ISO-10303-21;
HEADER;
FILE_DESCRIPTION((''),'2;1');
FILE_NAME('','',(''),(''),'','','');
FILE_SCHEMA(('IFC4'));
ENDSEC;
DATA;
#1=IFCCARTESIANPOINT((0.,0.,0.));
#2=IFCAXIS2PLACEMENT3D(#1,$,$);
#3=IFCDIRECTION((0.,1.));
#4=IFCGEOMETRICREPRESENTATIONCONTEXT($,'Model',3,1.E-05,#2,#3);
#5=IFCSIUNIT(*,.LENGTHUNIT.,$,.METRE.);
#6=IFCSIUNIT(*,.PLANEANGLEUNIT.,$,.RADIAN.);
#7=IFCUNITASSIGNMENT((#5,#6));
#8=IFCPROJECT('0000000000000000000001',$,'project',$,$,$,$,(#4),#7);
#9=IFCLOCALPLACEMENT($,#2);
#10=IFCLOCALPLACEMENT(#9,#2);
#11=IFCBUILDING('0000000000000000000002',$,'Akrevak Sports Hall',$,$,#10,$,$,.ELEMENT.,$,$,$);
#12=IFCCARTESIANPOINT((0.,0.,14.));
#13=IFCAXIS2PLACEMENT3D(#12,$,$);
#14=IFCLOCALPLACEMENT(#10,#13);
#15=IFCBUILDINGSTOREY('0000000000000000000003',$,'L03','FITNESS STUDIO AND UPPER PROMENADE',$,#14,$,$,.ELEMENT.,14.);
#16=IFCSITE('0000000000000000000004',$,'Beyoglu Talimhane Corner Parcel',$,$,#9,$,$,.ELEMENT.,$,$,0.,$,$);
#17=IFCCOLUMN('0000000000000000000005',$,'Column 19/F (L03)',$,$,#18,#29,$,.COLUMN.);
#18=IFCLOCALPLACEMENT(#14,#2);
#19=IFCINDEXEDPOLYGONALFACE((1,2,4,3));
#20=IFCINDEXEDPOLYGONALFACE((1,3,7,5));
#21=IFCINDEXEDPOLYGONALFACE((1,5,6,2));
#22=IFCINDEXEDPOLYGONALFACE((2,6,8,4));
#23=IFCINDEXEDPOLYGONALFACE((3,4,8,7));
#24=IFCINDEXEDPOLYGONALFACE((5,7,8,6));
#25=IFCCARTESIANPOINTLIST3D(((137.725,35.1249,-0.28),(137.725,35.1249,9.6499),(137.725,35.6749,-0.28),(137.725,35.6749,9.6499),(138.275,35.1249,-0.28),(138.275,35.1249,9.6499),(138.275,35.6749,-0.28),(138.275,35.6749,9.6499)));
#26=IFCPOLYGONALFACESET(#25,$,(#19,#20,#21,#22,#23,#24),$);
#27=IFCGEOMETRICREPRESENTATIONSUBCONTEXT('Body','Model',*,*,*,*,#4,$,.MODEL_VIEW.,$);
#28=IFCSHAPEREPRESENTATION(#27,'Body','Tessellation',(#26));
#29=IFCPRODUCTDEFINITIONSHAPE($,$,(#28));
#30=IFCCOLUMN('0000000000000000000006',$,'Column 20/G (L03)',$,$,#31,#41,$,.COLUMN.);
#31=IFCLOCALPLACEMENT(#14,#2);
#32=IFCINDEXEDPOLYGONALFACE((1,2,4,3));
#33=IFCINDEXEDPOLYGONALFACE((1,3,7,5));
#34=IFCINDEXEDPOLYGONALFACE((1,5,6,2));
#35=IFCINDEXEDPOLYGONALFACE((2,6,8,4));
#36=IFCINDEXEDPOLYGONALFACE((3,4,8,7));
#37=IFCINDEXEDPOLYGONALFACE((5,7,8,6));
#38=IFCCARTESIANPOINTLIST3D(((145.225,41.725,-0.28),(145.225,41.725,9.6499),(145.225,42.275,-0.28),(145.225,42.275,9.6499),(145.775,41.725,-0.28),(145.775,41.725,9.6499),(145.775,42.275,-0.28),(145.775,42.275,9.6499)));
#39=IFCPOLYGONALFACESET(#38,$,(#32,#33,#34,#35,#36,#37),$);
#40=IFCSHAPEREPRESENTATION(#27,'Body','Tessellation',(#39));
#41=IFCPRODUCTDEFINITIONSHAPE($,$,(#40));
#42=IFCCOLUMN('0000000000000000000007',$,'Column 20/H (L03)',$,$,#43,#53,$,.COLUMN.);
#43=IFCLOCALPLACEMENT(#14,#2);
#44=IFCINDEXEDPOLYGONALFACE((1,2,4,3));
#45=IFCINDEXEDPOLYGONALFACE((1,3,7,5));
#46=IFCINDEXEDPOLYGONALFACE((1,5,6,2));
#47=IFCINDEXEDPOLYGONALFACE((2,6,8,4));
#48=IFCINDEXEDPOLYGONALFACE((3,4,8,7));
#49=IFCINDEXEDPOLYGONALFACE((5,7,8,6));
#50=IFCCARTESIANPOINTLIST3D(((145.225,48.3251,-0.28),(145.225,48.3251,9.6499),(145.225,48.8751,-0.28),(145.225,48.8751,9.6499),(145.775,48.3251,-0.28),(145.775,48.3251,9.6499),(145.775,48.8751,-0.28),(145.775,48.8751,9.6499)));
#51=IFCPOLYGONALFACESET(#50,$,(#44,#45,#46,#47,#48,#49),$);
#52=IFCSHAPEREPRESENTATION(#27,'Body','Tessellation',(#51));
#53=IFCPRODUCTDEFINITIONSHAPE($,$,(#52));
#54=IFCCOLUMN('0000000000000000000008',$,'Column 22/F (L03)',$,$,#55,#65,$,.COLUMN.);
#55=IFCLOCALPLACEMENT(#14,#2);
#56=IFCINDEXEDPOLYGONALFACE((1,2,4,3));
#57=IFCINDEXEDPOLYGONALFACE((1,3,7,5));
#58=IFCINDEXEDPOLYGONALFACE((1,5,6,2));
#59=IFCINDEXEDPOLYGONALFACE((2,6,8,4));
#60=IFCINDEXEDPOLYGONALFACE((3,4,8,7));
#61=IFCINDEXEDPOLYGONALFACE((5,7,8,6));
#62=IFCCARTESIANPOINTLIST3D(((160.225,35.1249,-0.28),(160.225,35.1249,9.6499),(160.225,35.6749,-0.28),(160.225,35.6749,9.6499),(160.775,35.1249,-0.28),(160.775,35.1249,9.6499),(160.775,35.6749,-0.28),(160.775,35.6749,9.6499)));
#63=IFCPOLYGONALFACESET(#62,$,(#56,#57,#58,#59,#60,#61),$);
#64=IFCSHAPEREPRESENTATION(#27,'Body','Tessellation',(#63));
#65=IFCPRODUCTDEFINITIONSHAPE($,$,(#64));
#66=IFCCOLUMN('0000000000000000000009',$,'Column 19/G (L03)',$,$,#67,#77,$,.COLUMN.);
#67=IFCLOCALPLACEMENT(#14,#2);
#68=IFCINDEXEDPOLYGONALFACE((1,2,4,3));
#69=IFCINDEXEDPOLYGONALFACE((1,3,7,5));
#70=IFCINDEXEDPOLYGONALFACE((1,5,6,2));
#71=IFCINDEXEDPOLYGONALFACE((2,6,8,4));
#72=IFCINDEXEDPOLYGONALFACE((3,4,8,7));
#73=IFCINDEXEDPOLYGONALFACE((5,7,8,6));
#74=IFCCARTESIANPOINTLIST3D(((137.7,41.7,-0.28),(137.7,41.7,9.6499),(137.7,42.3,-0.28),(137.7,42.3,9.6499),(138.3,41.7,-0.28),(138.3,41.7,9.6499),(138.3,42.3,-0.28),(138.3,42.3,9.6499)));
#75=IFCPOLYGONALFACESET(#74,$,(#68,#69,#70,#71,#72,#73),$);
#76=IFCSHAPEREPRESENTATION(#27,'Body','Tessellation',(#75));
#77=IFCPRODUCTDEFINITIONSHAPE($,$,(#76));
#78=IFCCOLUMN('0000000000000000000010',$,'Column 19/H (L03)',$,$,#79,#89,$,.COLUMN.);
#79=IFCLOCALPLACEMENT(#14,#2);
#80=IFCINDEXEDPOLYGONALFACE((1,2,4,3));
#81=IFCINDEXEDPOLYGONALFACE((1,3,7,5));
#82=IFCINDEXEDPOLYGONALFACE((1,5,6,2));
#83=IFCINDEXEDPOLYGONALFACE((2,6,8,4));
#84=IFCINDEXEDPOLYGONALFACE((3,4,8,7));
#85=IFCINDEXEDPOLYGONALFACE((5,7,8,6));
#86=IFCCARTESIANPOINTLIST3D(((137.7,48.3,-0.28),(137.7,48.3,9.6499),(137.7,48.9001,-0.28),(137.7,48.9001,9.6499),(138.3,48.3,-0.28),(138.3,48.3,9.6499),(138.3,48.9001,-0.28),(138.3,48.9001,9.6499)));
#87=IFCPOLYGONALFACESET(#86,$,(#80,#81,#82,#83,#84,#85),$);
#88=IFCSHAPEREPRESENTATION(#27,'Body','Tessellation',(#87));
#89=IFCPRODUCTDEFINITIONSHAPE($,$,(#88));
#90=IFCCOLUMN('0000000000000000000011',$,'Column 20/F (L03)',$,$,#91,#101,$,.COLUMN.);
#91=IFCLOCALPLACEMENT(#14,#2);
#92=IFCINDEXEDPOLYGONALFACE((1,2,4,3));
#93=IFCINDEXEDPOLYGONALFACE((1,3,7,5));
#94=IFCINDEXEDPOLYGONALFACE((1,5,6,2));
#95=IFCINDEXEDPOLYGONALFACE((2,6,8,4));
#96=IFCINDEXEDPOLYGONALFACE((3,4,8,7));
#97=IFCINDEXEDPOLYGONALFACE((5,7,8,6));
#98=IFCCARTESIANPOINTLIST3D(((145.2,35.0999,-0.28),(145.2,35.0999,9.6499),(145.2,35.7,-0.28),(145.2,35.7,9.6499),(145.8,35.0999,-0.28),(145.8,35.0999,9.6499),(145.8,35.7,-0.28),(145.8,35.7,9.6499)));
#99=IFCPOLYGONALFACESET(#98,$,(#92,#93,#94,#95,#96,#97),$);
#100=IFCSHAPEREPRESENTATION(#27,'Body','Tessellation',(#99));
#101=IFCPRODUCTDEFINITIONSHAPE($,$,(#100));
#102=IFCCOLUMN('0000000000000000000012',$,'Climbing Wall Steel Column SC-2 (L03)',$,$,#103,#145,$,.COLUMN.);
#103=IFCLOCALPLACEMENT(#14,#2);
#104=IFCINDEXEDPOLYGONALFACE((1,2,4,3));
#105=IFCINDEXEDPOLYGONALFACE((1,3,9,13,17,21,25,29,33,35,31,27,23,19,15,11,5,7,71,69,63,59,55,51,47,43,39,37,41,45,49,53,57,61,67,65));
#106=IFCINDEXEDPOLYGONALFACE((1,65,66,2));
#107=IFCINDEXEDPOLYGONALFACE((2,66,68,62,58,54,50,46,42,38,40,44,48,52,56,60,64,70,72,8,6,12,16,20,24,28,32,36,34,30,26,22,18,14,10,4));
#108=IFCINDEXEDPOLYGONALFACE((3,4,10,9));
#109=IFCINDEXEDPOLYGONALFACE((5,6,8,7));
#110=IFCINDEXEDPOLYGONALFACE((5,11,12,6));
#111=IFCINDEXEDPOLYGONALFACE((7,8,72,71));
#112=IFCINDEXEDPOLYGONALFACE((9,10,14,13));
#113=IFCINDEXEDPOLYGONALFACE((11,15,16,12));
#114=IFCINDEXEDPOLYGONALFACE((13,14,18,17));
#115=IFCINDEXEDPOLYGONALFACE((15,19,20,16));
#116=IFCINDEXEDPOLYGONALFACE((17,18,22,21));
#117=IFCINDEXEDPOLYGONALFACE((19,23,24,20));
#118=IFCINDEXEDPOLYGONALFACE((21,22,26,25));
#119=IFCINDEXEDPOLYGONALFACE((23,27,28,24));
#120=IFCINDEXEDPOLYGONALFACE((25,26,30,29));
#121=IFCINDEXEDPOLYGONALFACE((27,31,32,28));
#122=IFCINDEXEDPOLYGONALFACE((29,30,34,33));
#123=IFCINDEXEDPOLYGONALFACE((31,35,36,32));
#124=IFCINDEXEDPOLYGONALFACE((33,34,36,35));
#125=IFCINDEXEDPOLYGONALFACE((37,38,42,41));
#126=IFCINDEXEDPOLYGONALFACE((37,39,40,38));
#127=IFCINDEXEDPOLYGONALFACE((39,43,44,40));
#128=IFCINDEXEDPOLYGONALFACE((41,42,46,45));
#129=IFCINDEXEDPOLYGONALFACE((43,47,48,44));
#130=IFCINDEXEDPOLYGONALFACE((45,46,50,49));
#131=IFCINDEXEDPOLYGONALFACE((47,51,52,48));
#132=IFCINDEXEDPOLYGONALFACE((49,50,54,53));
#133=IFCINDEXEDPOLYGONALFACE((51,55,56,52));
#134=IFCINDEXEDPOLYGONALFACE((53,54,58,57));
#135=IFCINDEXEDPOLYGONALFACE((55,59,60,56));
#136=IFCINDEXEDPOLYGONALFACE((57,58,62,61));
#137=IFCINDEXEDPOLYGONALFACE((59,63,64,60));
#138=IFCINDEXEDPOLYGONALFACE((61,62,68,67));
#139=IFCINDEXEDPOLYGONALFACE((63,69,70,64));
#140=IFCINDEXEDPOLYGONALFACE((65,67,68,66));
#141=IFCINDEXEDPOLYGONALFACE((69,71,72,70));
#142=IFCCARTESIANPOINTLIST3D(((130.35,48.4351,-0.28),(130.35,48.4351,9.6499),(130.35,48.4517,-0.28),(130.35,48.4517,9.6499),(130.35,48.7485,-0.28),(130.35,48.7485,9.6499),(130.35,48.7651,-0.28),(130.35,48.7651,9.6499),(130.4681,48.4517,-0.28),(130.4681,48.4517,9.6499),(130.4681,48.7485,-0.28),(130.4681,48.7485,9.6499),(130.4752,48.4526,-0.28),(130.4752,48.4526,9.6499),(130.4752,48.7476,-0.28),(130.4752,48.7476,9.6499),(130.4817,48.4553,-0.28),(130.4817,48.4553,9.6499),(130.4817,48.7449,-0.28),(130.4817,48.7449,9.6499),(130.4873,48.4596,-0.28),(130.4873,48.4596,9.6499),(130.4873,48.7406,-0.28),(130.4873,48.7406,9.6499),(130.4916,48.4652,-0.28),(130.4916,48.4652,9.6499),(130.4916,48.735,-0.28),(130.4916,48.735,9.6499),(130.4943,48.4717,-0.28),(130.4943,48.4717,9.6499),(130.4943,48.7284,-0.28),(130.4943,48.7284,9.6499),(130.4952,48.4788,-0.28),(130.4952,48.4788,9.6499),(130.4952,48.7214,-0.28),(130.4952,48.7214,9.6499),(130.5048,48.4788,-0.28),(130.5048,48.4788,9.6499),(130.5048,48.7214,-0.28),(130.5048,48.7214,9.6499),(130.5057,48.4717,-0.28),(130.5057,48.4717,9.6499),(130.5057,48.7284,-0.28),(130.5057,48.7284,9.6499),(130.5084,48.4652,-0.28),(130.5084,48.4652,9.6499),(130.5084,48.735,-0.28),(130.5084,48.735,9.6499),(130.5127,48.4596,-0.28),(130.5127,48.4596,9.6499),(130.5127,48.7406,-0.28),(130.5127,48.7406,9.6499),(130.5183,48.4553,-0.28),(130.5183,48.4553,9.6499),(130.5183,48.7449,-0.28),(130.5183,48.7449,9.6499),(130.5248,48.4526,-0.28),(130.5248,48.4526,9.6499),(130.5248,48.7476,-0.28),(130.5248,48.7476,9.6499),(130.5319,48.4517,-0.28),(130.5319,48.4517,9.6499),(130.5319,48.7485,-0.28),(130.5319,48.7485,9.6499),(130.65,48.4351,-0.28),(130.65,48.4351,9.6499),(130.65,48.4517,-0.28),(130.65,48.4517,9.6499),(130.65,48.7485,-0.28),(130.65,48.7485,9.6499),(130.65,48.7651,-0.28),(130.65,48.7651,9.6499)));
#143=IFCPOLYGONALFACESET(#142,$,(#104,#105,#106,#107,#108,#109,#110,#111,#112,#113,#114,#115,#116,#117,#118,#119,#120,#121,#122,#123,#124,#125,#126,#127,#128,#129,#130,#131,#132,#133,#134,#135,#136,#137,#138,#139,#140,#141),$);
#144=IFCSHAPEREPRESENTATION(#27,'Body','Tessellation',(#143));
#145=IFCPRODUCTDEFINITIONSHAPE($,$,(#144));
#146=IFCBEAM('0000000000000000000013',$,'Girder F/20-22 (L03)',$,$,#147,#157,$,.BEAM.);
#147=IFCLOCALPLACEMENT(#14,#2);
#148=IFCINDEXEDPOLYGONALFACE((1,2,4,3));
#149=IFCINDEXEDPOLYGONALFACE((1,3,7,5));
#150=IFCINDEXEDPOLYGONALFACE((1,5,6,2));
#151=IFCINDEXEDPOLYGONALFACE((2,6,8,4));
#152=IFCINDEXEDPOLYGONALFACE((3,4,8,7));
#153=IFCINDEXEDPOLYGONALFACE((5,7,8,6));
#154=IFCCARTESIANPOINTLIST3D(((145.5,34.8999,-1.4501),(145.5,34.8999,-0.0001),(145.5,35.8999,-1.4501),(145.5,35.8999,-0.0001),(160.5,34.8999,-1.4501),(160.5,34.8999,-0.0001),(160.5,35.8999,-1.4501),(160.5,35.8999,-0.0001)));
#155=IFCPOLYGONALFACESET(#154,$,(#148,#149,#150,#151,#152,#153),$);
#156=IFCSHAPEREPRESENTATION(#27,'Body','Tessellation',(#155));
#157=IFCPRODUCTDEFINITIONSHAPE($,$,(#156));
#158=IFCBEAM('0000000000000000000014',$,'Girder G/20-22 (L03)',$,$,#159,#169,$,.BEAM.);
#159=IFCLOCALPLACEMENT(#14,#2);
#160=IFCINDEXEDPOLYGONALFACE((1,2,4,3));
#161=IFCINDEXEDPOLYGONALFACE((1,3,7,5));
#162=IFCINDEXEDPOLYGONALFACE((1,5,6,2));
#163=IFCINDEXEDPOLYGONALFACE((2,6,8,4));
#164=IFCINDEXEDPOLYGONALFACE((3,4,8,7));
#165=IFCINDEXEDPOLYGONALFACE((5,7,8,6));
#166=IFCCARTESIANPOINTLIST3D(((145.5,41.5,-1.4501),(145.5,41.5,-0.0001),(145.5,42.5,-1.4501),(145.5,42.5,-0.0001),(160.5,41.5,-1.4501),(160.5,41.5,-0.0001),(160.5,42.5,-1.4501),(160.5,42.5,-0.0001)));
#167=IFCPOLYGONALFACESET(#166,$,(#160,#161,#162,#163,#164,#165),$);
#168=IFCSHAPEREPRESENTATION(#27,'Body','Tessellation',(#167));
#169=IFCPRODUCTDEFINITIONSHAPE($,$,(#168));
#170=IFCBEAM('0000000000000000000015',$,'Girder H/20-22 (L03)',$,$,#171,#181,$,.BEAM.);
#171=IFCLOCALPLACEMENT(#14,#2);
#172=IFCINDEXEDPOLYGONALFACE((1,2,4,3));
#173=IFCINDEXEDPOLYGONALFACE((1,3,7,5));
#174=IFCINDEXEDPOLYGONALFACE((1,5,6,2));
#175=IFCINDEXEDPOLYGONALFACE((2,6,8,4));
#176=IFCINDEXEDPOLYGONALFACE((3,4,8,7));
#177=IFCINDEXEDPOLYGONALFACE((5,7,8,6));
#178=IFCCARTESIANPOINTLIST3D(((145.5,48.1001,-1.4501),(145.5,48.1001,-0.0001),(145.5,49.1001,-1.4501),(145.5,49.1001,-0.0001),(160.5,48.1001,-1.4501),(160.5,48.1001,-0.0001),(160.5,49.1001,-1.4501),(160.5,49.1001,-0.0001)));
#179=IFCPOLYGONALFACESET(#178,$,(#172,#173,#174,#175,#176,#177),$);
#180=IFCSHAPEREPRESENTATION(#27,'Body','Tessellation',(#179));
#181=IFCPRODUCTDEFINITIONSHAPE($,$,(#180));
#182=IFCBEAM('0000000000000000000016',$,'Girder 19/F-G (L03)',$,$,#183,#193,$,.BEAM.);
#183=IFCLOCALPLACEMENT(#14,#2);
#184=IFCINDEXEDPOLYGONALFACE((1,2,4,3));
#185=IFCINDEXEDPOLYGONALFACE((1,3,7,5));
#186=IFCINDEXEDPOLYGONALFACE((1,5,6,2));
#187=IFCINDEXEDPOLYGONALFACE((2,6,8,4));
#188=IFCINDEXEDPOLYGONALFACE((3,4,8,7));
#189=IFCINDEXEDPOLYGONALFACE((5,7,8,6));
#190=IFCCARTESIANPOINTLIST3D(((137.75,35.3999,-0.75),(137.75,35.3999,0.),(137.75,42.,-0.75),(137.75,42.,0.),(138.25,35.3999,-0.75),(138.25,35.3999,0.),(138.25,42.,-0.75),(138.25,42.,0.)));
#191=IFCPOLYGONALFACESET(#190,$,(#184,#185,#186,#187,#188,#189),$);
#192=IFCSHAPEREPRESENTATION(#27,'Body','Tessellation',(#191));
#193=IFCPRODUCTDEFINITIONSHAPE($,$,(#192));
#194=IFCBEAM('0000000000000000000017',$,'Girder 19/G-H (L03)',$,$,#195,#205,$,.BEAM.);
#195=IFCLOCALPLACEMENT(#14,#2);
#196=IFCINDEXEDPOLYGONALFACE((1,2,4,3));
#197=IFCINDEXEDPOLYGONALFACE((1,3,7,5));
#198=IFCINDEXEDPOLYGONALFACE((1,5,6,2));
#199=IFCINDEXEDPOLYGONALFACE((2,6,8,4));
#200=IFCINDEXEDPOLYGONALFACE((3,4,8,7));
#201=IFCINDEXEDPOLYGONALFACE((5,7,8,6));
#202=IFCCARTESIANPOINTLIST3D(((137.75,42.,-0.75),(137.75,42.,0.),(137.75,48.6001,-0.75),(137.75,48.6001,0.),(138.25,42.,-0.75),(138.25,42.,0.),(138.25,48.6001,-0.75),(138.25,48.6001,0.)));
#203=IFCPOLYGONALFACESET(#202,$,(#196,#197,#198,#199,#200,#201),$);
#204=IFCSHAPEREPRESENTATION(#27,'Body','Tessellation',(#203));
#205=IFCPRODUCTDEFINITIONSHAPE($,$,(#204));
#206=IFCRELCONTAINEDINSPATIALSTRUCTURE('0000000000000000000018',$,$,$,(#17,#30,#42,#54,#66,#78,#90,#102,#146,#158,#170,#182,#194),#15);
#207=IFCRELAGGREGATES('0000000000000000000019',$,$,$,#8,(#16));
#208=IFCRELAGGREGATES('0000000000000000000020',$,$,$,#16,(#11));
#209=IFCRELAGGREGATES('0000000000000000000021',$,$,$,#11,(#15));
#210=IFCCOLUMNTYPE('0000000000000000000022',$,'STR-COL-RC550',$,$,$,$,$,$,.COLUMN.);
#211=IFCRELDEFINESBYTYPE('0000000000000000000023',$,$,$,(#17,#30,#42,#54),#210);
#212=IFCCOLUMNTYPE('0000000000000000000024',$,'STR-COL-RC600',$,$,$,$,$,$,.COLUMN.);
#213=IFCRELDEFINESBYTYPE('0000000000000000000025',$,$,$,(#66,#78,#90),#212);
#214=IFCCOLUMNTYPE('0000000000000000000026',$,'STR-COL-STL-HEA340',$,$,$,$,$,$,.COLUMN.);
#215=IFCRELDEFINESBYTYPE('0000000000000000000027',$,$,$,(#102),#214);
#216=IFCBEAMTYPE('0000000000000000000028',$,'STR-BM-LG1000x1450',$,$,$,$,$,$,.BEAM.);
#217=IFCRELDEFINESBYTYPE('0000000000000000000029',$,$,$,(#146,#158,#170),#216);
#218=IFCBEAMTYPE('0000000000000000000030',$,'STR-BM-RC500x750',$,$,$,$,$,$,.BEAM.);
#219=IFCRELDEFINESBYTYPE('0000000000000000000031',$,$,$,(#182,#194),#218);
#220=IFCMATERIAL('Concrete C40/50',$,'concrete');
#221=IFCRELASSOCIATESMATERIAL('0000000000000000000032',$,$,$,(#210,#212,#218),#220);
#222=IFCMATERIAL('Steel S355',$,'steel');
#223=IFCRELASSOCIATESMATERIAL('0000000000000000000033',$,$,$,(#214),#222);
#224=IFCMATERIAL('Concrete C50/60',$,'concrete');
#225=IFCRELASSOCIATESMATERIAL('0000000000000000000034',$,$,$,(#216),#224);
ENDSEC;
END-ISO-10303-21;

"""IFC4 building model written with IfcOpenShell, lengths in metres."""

from ifc_helpers import new_model, si_unit, direction, frame, origin, origin_2d, place, context, subcontext, project, spatial, rectangle, i_section, extrude, material, material_profile, profile_set, type_object, element, save


model = new_model("IFC4")

# Units and contexts
model_context = context("Model", 3, precision=1e-05, world=origin(), true_north=direction((0.0, 1.0)))
body_context = subcontext(model_context, "Body", "Model", "MODEL_VIEW")
ifc_project = project(units=[si_unit("LENGTHUNIT", "METRE"), si_unit("PLANEANGLEUNIT", "RADIAN")], contexts=[model_context])

# Site, building, storey
site_placement = place(None, origin())
site = spatial("IfcSite", under=ifc_project, at=site_placement, Name="Beyoglu Talimhane Corner Parcel", CompositionType="ELEMENT", RefElevation=0.0)
building_placement = place(site_placement, origin())
building = spatial("IfcBuilding", under=site, at=building_placement, Name="Akrevak Sports Hall", CompositionType="ELEMENT")
storey_placement = place(building_placement, frame((0.0, 0.0, 14.0)))
storey = spatial("IfcBuildingStorey", under=building, at=storey_placement, Name="L03", Description="FITNESS STUDIO AND UPPER PROMENADE", CompositionType="ELEMENT", Elevation=14.0)

# Columns
ifc_material_1 = material(Name="Concrete C40/50", Category="concrete")
ifc_material_profile_1 = material_profile(ifc_material_1, rectangle(XDim=0.55, YDim=0.55, at=origin_2d()), Name="RC 550x550", Category="concrete")
ifc_profile_set_1 = profile_set([ifc_material_profile_1], Name="Concrete C40/50")
column_type_1 = type_object("IfcColumnType", Name="STR-COL-RC550", PredefinedType="COLUMN", material=ifc_profile_set_1)
for number, where, z_axis, x_axis, name in (
    (1, (138.0, 35.3999, -0.28), (0.0, 0.0, 1.0), (1.0, 0.0, 0.0), "Column 19/F (L03)"),
    (2, (145.5, 42.0, -0.28), (0.0, 0.0, 1.0), (1.0, 0.0, 0.0), "Column 20/G (L03)"),
    (3, (145.5, 48.6001, -0.28), (0.0, 0.0, 1.0), (1.0, 0.0, 0.0), "Column 20/H (L03)"),
    (4, (160.5, 35.3999, -0.28), (0.0, 0.0, 1.0), (1.0, 0.0, 0.0), "Column 22/F (L03)"),
):
    element("IfcColumn", number, at=place(storey_placement, frame(where, z_axis=z_axis, x_axis=x_axis)), inside=storey, type_object=column_type_1, Name=name, PredefinedType="COLUMN", context=body_context, shape_type="SweptSolid", body=[
        extrude(rectangle(XDim=0.55, YDim=0.55, at=origin_2d()), origin(), (0.0, 0.0, 1.0), 9.9299),
    ])
ifc_material_profile_2 = material_profile(ifc_material_1, rectangle(XDim=0.6001, YDim=0.6001, at=origin_2d()), Name="RC 600x600", Category="concrete")
ifc_profile_set_2 = profile_set([ifc_material_profile_2], Name="Concrete C40/50")
column_type_2 = type_object("IfcColumnType", Name="STR-COL-RC600", PredefinedType="COLUMN", material=ifc_profile_set_2)
for number, where, z_axis, x_axis, name in (
    (5, (138.0, 42.0, -0.28), (0.0, 0.0, 1.0), (1.0, 0.0, 0.0), "Column 19/G (L03)"),
    (6, (138.0, 48.6001, -0.28), (0.0, 0.0, 1.0), (1.0, 0.0, 0.0), "Column 19/H (L03)"),
    (7, (145.5, 35.3999, -0.28), (0.0, 0.0, 1.0), (1.0, 0.0, 0.0), "Column 20/F (L03)"),
):
    element("IfcColumn", number, at=place(storey_placement, frame(where, z_axis=z_axis, x_axis=x_axis)), inside=storey, type_object=column_type_2, Name=name, PredefinedType="COLUMN", context=body_context, shape_type="SweptSolid", body=[
        extrude(rectangle(XDim=0.6001, YDim=0.6001, at=origin_2d()), origin(), (0.0, 0.0, 1.0), 9.9299),
    ])
ifc_material_2 = material(Name="Steel S355", Category="steel")
ifc_material_profile_3 = material_profile(ifc_material_2, i_section(OverallWidth=0.3, OverallDepth=0.3301, WebThickness=0.0095, FlangeThickness=0.0166, FilletRadius=0.0271, at=origin_2d()), Name="HEA 340", Category="steel")
ifc_profile_set_3 = profile_set([ifc_material_profile_3], Name="Steel S355")
column_type_3 = type_object("IfcColumnType", Name="STR-COL-STL-HEA340", PredefinedType="COLUMN", material=ifc_profile_set_3)
column_placement = place(storey_placement, frame((130.5, 48.6001, -0.28), z_axis=(0.0, 0.0, 1.0), x_axis=(1.0, 0.0, 0.0)))
element("IfcColumn", 8, at=column_placement, inside=storey, type_object=column_type_3, Name="Climbing Wall Steel Column SC-2 (L03)", PredefinedType="COLUMN", context=body_context, shape_type="SweptSolid", body=[
    extrude(i_section(OverallWidth=0.3, OverallDepth=0.3301, WebThickness=0.0095, FlangeThickness=0.0166, FilletRadius=0.0271, at=origin_2d()), origin(), (0.0, 0.0, 1.0), 9.9299),
])

# Beams
ifc_material_3 = material(Name="Concrete C50/60", Category="concrete")
ifc_material_profile_4 = material_profile(ifc_material_3, rectangle(XDim=1.0, YDim=1.45, at=origin_2d()), Name="BM 1000x1450", Category="concrete")
ifc_profile_set_4 = profile_set([ifc_material_profile_4], Name="Concrete C50/60")
beam_type_1 = type_object("IfcBeamType", Name="STR-BM-LG1000x1450", PredefinedType="BEAM", material=ifc_profile_set_4)
for number, where, z_axis, x_axis, name in (
    (9, (145.5, 35.3999, -0.7251), (1.0, 0.0, 0.0), (0.0, 1.0, 0.0), "Girder F/20-22 (L03)"),
    (10, (145.5, 42.0, -0.7251), (1.0, 0.0, 0.0), (0.0, 1.0, 0.0), "Girder G/20-22 (L03)"),
    (11, (145.5, 48.6001, -0.7251), (1.0, 0.0, 0.0), (0.0, 1.0, 0.0), "Girder H/20-22 (L03)"),
):
    element("IfcBeam", number, at=place(storey_placement, frame(where, z_axis=z_axis, x_axis=x_axis)), inside=storey, type_object=beam_type_1, Name=name, PredefinedType="BEAM", context=body_context, shape_type="SweptSolid", body=[
        extrude(rectangle(XDim=1.0, YDim=1.45, at=origin_2d()), origin(), (0.0, 0.0, 1.0), 15.0),
    ])
ifc_material_profile_5 = material_profile(ifc_material_1, rectangle(XDim=0.5, YDim=0.75, at=origin_2d()), Name="BM 500x750", Category="concrete")
ifc_profile_set_5 = profile_set([ifc_material_profile_5], Name="Concrete C40/50")
beam_type_2 = type_object("IfcBeamType", Name="STR-BM-RC500x750", PredefinedType="BEAM", material=ifc_profile_set_5)
for number, where, z_axis, x_axis, name in (
    (12, (138.0, 35.3999, -0.375), (0.0, 1.0, 0.0), (-1.0, 0.0, 0.0), "Girder 19/F-G (L03)"),
    (13, (138.0, 42.0, -0.375), (0.0, 1.0, 0.0), (-1.0, 0.0, 0.0), "Girder 19/G-H (L03)"),
):
    element("IfcBeam", number, at=place(storey_placement, frame(where, z_axis=z_axis, x_axis=x_axis)), inside=storey, type_object=beam_type_2, Name=name, PredefinedType="BEAM", context=body_context, shape_type="SweptSolid", body=[
        extrude(rectangle(XDim=0.5, YDim=0.75, at=origin_2d()), origin(), (0.0, 0.0, 1.0), 6.6001),
    ])

save(model, "model.ifc")
